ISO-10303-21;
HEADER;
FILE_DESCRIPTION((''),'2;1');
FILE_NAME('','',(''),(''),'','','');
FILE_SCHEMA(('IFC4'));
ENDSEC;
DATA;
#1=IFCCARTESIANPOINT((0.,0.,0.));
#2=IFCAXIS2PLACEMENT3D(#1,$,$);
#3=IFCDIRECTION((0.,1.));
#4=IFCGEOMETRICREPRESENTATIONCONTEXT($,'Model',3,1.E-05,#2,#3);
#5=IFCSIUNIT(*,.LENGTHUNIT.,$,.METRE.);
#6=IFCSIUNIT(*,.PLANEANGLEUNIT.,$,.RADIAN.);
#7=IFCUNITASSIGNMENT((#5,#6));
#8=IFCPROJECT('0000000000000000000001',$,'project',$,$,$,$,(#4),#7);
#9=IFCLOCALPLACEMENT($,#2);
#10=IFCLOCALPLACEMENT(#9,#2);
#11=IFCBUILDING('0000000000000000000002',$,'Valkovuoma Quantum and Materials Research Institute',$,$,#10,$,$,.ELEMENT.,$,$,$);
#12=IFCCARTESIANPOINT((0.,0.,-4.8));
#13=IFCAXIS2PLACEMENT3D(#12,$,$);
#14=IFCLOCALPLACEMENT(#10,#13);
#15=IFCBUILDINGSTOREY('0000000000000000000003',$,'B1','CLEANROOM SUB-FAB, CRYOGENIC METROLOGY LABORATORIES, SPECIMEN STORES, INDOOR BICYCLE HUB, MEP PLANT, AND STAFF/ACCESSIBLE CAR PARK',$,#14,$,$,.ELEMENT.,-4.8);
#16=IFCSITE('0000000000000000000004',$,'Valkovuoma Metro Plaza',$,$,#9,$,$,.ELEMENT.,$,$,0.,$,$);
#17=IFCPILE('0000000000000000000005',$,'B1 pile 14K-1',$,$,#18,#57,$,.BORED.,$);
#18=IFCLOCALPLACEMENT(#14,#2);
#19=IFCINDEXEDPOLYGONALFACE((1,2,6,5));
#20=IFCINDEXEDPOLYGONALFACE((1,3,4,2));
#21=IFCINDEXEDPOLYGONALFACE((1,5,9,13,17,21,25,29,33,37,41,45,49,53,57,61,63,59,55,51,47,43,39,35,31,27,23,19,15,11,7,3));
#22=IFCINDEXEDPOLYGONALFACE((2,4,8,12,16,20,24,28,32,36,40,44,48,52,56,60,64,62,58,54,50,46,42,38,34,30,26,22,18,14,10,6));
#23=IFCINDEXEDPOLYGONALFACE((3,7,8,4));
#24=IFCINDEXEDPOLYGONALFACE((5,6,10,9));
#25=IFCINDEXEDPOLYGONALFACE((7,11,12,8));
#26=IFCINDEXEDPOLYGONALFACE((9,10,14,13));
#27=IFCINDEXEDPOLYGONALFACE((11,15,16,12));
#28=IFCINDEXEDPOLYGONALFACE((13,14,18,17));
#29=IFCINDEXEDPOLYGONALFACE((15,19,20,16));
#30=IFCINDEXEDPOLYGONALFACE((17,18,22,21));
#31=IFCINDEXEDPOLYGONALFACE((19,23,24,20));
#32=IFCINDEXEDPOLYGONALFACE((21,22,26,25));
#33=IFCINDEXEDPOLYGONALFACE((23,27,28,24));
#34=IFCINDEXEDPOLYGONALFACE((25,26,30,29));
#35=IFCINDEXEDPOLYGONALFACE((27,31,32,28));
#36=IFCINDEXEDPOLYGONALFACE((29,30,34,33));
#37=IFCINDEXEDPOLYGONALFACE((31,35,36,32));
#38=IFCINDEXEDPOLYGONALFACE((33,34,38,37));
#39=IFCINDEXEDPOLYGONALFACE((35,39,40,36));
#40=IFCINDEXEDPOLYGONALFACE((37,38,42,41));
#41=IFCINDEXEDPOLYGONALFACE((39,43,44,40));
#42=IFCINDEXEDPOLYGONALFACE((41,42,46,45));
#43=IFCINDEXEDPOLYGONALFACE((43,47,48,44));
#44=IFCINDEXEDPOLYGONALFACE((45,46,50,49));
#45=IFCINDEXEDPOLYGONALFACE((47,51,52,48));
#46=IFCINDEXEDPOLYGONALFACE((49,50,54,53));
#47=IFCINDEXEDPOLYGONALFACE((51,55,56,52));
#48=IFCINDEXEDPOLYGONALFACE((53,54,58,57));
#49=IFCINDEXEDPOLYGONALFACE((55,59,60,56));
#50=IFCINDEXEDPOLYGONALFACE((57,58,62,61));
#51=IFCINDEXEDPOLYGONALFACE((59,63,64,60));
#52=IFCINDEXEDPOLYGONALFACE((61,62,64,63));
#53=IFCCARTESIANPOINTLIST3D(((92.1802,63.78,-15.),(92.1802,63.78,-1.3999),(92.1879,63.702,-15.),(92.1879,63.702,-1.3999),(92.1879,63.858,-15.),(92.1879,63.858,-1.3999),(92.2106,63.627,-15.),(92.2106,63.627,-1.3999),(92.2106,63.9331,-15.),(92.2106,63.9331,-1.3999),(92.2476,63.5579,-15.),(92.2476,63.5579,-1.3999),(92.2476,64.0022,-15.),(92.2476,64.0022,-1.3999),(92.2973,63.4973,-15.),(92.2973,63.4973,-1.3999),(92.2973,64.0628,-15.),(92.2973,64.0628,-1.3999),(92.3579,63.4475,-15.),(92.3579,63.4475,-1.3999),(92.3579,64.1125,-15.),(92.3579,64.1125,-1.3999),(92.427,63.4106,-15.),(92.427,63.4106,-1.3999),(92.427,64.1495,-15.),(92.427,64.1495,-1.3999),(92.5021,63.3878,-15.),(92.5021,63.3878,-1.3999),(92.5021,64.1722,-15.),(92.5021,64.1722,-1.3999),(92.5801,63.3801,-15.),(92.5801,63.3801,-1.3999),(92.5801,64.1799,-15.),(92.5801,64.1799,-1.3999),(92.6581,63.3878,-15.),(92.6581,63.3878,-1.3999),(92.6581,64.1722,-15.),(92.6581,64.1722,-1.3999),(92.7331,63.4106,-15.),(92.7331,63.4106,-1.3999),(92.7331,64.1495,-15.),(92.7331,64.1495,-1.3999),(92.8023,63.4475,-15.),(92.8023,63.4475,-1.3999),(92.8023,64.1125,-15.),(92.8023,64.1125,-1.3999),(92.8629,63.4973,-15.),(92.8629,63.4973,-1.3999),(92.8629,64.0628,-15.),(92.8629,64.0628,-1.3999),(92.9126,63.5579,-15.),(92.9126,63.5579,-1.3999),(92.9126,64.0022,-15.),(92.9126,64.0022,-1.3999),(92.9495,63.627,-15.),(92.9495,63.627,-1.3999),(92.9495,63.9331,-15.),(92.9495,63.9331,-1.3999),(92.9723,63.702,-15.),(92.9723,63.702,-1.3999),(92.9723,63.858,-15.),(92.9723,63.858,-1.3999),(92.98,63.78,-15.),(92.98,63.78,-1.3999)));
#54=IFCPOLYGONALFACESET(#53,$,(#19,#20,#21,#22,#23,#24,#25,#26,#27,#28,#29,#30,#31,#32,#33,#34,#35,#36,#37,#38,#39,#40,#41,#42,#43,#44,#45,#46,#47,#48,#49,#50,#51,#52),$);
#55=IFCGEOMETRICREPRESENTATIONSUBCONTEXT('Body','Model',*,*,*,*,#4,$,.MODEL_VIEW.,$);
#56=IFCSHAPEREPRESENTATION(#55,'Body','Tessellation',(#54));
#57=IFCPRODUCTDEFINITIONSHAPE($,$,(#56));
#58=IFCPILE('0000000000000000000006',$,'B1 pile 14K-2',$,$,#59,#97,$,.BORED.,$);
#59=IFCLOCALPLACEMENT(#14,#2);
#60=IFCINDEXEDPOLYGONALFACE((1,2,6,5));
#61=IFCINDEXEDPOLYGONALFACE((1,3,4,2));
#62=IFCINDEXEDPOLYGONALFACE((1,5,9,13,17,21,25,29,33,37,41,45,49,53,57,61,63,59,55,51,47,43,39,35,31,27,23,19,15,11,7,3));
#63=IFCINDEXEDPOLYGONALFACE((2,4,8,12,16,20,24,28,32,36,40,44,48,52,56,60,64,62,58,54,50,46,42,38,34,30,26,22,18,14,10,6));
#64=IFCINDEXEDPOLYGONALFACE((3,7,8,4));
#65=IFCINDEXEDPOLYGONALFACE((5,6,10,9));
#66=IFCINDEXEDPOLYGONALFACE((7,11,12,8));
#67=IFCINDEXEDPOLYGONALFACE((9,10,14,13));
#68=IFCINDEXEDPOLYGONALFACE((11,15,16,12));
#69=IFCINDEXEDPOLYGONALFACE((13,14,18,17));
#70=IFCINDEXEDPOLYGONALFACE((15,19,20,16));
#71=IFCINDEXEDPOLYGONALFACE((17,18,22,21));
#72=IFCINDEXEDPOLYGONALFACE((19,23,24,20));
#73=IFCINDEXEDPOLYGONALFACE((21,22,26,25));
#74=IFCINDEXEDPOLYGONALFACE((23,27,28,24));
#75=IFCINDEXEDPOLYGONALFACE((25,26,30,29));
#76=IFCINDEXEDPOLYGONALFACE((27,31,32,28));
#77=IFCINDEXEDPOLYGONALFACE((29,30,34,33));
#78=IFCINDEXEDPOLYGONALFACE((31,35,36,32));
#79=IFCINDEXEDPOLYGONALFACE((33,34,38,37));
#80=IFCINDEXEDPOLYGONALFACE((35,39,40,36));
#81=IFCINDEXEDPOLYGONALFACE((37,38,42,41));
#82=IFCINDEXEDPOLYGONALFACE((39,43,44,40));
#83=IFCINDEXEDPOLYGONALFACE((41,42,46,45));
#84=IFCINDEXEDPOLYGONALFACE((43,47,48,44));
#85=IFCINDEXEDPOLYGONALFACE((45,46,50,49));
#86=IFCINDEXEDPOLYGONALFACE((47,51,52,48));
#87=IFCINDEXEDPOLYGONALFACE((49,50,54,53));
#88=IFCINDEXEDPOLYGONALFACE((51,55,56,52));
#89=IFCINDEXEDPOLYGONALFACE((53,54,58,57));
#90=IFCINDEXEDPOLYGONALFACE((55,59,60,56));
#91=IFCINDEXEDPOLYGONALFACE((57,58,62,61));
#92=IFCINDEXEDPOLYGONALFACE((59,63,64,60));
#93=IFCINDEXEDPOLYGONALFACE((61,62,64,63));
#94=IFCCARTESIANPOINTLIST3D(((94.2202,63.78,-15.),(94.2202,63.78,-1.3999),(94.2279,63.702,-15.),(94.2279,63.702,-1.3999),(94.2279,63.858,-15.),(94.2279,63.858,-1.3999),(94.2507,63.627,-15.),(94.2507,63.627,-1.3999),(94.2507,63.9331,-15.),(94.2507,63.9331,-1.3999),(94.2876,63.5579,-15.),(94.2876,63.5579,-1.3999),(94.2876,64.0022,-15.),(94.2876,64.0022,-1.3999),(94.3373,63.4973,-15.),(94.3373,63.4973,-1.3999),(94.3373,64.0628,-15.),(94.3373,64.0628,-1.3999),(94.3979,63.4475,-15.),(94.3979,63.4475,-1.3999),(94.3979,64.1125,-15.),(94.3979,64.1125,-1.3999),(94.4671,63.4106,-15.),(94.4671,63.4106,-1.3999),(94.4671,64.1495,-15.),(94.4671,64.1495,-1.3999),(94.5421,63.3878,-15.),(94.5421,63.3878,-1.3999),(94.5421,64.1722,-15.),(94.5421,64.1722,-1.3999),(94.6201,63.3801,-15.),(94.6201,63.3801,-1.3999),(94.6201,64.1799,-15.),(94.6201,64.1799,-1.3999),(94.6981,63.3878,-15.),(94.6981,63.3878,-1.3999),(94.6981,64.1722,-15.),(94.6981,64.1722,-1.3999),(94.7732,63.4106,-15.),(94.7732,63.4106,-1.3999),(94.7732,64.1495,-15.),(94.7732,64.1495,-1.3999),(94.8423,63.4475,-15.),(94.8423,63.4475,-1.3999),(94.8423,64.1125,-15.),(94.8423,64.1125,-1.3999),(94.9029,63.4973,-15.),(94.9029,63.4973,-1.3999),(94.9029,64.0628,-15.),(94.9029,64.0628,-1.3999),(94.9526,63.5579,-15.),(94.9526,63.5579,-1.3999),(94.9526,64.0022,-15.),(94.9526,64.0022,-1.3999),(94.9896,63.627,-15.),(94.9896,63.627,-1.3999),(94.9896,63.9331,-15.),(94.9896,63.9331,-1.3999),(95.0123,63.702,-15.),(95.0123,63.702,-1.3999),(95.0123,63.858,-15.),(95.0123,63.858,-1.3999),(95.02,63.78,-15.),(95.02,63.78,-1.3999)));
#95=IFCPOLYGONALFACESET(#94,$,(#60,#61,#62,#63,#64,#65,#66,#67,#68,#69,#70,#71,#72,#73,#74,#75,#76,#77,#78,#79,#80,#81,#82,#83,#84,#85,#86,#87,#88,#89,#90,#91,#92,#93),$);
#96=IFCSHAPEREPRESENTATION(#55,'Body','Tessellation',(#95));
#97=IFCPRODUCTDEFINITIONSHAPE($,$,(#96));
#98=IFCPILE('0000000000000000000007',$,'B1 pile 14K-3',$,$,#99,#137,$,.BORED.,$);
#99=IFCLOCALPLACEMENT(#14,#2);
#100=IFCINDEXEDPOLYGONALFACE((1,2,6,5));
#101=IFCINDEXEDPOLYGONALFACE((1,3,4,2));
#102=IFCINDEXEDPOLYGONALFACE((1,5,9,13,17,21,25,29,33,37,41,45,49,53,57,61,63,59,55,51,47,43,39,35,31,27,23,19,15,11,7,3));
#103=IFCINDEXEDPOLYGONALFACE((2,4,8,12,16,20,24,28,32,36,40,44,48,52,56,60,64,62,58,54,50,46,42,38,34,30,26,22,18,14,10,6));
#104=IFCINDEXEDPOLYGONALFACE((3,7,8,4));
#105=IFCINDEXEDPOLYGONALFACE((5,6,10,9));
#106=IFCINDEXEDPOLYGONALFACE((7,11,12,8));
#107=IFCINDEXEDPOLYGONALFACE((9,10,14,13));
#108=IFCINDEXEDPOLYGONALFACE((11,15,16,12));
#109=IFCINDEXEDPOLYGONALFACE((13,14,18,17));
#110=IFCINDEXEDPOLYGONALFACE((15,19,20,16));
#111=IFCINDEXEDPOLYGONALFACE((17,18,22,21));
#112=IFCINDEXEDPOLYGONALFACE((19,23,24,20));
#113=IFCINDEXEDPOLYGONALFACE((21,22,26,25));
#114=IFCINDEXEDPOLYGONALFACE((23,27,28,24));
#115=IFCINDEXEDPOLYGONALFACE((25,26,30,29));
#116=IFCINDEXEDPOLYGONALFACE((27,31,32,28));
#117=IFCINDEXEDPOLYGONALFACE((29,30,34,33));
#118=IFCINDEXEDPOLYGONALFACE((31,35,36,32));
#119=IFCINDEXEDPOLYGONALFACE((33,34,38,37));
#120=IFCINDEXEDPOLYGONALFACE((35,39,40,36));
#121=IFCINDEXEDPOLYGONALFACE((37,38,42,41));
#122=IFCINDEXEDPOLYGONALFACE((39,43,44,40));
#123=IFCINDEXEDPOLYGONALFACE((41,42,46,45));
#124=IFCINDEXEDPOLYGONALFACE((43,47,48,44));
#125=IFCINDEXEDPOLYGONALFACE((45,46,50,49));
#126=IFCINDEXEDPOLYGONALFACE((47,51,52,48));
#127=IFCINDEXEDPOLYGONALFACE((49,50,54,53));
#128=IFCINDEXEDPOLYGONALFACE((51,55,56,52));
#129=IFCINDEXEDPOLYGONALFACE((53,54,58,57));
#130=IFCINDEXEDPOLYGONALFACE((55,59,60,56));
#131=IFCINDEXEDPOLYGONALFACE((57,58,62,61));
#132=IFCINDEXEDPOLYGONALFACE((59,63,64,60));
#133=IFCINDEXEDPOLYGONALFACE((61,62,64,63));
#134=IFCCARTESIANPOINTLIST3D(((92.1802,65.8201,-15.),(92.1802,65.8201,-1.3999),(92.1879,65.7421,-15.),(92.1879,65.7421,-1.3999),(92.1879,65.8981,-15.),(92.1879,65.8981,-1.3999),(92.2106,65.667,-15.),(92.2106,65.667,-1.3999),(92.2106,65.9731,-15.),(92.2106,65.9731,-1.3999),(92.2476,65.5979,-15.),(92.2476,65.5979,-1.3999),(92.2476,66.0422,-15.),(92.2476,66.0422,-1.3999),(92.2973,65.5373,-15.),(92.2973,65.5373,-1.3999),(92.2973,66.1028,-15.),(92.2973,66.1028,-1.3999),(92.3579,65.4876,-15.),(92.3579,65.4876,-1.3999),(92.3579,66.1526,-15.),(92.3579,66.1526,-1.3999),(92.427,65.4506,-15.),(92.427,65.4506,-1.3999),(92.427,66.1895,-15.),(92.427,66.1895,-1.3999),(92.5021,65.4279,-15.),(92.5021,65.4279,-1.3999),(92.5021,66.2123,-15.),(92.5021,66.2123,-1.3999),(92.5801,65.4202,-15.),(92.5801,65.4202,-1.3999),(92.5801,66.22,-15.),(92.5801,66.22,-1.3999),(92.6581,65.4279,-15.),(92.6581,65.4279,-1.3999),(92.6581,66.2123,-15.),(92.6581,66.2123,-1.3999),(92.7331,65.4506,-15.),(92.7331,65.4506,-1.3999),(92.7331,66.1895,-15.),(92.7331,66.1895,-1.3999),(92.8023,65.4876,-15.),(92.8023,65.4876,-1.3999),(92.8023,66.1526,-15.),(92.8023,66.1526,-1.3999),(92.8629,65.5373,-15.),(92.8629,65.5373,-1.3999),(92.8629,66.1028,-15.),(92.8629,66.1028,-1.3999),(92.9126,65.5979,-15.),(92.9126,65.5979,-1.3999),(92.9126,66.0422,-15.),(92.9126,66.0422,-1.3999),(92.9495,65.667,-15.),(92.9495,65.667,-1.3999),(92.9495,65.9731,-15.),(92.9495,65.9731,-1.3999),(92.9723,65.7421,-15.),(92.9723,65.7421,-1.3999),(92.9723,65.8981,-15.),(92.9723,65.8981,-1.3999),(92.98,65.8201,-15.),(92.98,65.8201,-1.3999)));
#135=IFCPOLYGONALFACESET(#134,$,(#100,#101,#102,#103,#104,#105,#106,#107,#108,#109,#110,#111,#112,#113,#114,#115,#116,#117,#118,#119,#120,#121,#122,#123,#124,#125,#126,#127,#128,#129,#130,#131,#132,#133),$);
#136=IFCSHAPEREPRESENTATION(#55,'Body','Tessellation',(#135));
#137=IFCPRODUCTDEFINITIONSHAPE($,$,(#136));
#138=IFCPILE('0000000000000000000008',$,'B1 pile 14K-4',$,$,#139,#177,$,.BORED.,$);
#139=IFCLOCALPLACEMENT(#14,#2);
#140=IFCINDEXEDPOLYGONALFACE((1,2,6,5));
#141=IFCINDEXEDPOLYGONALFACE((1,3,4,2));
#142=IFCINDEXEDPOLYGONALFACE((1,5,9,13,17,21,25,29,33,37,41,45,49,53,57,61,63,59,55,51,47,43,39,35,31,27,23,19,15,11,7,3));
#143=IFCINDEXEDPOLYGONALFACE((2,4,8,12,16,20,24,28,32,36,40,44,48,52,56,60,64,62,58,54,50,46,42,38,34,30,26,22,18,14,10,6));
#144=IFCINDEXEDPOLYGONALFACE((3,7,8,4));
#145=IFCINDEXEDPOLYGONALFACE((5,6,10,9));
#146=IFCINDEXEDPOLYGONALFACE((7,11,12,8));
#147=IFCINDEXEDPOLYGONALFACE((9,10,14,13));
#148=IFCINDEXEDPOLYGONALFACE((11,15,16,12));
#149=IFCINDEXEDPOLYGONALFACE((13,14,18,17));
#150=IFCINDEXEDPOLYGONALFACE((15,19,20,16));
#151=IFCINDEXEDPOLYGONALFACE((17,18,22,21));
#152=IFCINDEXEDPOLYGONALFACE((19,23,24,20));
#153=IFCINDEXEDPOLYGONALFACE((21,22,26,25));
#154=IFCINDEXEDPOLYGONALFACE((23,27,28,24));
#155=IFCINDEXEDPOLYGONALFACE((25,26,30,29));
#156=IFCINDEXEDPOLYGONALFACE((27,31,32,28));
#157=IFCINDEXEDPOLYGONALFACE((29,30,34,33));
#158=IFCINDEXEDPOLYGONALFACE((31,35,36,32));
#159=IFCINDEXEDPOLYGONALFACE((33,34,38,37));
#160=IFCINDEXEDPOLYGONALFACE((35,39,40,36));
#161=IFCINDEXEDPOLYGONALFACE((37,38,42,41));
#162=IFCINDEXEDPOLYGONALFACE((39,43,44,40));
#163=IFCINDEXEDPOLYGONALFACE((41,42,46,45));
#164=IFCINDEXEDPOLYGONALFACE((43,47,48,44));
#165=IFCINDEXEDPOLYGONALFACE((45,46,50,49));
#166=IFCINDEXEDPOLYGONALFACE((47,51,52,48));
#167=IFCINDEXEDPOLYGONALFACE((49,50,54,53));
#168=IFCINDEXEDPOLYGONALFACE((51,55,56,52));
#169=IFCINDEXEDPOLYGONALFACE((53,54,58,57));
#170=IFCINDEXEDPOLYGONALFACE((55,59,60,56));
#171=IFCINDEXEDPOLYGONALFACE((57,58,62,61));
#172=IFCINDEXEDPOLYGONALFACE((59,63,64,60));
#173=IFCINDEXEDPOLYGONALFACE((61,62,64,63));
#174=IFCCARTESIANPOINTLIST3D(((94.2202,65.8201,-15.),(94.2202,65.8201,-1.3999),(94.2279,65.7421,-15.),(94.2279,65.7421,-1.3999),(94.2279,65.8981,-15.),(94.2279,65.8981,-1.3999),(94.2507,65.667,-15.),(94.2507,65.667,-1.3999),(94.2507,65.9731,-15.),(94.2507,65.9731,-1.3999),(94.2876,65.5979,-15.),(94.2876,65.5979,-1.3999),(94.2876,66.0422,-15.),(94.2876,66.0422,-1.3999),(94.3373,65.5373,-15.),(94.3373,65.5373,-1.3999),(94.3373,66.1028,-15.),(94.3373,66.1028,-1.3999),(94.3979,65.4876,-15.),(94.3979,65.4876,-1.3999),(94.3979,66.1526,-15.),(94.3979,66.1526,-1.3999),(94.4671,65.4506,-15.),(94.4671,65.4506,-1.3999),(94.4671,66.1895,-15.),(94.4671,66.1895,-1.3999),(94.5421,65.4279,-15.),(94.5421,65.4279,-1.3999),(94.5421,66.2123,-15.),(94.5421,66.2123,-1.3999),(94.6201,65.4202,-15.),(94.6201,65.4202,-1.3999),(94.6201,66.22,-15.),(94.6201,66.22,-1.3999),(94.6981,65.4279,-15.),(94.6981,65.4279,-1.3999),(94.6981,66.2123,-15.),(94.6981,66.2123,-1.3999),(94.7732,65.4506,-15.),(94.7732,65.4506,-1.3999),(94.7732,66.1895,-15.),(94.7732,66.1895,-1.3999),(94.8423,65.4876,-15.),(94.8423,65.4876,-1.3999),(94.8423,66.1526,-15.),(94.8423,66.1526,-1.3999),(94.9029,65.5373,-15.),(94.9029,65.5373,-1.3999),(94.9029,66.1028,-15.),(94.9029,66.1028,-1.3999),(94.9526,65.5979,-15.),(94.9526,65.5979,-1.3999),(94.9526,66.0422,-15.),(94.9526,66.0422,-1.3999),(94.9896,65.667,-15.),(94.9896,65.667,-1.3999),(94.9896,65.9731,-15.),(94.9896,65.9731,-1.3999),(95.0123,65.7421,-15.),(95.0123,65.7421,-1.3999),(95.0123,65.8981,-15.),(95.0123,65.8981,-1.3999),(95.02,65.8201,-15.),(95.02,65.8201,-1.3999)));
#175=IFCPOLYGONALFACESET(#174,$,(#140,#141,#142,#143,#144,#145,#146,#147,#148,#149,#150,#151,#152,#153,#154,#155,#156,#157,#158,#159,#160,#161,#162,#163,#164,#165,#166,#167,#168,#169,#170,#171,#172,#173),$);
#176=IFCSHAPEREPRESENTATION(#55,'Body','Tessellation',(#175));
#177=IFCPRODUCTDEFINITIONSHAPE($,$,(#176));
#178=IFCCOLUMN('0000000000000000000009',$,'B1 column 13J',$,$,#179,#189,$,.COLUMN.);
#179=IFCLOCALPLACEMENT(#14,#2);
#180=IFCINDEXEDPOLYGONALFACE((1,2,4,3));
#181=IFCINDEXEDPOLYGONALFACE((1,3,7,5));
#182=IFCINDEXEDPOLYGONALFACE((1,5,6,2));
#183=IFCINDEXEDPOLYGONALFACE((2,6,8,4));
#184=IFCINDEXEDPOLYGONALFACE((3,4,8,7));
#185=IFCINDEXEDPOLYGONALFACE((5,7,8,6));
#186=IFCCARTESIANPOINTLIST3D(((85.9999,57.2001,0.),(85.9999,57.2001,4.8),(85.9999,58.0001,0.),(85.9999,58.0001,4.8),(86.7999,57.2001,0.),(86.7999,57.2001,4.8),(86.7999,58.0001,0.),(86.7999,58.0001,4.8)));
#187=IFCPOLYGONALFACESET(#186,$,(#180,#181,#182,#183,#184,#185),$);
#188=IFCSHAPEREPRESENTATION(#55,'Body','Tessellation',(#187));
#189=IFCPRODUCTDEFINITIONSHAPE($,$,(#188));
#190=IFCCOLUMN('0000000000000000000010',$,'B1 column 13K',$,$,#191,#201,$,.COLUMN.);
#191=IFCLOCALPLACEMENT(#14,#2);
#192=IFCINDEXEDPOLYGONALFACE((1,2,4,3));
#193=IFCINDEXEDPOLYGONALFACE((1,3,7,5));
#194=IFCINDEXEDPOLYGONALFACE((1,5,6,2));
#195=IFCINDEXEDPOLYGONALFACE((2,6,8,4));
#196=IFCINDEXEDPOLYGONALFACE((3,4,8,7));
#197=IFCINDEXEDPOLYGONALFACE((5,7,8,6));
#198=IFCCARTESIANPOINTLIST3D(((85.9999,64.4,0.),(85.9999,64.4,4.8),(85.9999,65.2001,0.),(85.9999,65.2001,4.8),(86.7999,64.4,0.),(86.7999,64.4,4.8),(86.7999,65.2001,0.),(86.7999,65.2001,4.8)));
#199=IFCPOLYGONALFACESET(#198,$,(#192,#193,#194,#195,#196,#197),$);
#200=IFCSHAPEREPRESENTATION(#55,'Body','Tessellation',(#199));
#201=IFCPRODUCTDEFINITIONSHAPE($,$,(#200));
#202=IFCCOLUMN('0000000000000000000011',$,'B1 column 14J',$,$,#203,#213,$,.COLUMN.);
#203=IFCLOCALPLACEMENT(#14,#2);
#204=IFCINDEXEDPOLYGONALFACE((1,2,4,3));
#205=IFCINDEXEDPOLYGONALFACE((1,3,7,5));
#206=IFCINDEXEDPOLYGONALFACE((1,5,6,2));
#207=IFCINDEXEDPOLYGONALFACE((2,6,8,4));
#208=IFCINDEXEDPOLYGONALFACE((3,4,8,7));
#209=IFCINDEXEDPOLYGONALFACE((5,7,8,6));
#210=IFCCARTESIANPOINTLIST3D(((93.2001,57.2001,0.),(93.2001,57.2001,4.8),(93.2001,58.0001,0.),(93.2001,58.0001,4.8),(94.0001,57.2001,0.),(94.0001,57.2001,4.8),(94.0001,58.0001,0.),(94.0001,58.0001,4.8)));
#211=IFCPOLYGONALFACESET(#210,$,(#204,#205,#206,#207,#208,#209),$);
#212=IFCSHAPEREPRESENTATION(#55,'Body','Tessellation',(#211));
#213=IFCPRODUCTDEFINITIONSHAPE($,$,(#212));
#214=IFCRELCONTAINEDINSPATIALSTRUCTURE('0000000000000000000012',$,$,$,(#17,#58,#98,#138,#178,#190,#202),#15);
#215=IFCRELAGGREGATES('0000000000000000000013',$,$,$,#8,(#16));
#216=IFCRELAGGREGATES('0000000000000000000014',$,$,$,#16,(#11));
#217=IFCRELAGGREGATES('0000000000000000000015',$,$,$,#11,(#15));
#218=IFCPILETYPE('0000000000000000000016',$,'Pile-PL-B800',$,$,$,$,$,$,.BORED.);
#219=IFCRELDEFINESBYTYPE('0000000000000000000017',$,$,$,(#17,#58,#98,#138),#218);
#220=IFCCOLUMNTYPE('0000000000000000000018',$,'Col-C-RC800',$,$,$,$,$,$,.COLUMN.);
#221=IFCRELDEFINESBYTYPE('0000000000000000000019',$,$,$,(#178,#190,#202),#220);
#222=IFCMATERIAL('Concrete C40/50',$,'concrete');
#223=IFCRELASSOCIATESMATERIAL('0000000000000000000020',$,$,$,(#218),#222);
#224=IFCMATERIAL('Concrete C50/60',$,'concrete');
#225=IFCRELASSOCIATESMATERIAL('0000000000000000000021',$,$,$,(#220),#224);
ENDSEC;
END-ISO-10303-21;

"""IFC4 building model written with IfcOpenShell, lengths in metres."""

from ifc_helpers import new_model, si_unit, direction, frame, origin, origin_2d, place, context, subcontext, project, spatial, rectangle, circle, extrude, material, material_profile, profile_set, type_object, element, save


model = new_model("IFC4")

# Units and contexts
model_context = context("Model", 3, precision=1e-05, world=origin(), true_north=direction((0.0, 1.0)))
body_context = subcontext(model_context, "Body", "Model", "MODEL_VIEW")
ifc_project = project(units=[si_unit("LENGTHUNIT", "METRE"), si_unit("PLANEANGLEUNIT", "RADIAN")], contexts=[model_context])

# Site, building, storey
site_placement = place(None, origin())
site = spatial("IfcSite", under=ifc_project, at=site_placement, Name="Valkovuoma Metro Plaza", CompositionType="ELEMENT", RefElevation=0.0)
building_placement = place(site_placement, origin())
building = spatial("IfcBuilding", under=site, at=building_placement, Name="Valkovuoma Quantum and Materials Research Institute", CompositionType="ELEMENT")
storey_placement = place(building_placement, frame((0.0, 0.0, -4.8)))
storey = spatial("IfcBuildingStorey", under=building, at=storey_placement, Name="B1", Description="CLEANROOM SUB-FAB, CRYOGENIC METROLOGY LABORATORIES, SPECIMEN STORES, INDOOR BICYCLE HUB, MEP PLANT, AND STAFF/ACCESSIBLE CAR PARK", CompositionType="ELEMENT", Elevation=-4.8)

# Piles
ifc_material_1 = material(Name="Concrete C40/50", Category="concrete")
ifc_material_profile_1 = material_profile(ifc_material_1, circle(Radius=0.3999, at=origin_2d()), Name="Concrete C40/50")
ifc_profile_set_1 = profile_set([ifc_material_profile_1], Name="Concrete C40/50")
pile_type_1 = type_object("IfcPileType", Name="Pile-PL-B800", PredefinedType="BORED", material=ifc_profile_set_1)
for number, where, z_axis, x_axis, name in (
    (1, (92.5801, 63.78, -1.3999), (0.0, 0.0, -1.0), (1.0, 0.0, 0.0), "B1 pile 14K-1"),
    (2, (94.6201, 63.78, -1.3999), (0.0, 0.0, -1.0), (1.0, 0.0, 0.0), "B1 pile 14K-2"),
    (3, (92.5801, 65.8201, -1.3999), (0.0, 0.0, -1.0), (1.0, 0.0, 0.0), "B1 pile 14K-3"),
    (4, (94.6201, 65.8201, -1.3999), (0.0, 0.0, -1.0), (1.0, 0.0, 0.0), "B1 pile 14K-4"),
):
    element("IfcPile", number, at=place(storey_placement, frame(where, z_axis=z_axis, x_axis=x_axis)), inside=storey, type_object=pile_type_1, Name=name, PredefinedType="BORED", context=body_context, shape_type="SweptSolid", body=[
        extrude(circle(Radius=0.3999, at=origin_2d()), origin(), (0.0, 0.0, 1.0), 13.6001),
    ])

# Columns
ifc_material_2 = material(Name="Concrete C50/60", Category="concrete")
ifc_material_profile_2 = material_profile(ifc_material_2, rectangle(XDim=0.8, YDim=0.8, at=origin_2d()), Name="Concrete C50/60")
ifc_profile_set_2 = profile_set([ifc_material_profile_2], Name="Concrete C50/60")
column_type = type_object("IfcColumnType", Name="Col-C-RC800", PredefinedType="COLUMN", material=ifc_profile_set_2)
for number, where, z_axis, x_axis, name in (
    (5, (86.3999, 57.6001, 0.0), (0.0, 0.0, 1.0), (1.0, 0.0, 0.0), "B1 column 13J"),
    (6, (86.3999, 64.8, 0.0), (0.0, 0.0, 1.0), (1.0, 0.0, 0.0), "B1 column 13K"),
    (7, (93.6001, 57.6001, 0.0), (0.0, 0.0, 1.0), (1.0, 0.0, 0.0), "B1 column 14J"),
):
    element("IfcColumn", number, at=place(storey_placement, frame(where, z_axis=z_axis, x_axis=x_axis)), inside=storey, type_object=column_type, Name=name, PredefinedType="COLUMN", context=body_context, shape_type="SweptSolid", body=[
        extrude(rectangle(XDim=0.8, YDim=0.8, at=origin_2d()), origin(), (0.0, 0.0, 1.0), 4.8),
    ])

save(model, "model.ifc")
